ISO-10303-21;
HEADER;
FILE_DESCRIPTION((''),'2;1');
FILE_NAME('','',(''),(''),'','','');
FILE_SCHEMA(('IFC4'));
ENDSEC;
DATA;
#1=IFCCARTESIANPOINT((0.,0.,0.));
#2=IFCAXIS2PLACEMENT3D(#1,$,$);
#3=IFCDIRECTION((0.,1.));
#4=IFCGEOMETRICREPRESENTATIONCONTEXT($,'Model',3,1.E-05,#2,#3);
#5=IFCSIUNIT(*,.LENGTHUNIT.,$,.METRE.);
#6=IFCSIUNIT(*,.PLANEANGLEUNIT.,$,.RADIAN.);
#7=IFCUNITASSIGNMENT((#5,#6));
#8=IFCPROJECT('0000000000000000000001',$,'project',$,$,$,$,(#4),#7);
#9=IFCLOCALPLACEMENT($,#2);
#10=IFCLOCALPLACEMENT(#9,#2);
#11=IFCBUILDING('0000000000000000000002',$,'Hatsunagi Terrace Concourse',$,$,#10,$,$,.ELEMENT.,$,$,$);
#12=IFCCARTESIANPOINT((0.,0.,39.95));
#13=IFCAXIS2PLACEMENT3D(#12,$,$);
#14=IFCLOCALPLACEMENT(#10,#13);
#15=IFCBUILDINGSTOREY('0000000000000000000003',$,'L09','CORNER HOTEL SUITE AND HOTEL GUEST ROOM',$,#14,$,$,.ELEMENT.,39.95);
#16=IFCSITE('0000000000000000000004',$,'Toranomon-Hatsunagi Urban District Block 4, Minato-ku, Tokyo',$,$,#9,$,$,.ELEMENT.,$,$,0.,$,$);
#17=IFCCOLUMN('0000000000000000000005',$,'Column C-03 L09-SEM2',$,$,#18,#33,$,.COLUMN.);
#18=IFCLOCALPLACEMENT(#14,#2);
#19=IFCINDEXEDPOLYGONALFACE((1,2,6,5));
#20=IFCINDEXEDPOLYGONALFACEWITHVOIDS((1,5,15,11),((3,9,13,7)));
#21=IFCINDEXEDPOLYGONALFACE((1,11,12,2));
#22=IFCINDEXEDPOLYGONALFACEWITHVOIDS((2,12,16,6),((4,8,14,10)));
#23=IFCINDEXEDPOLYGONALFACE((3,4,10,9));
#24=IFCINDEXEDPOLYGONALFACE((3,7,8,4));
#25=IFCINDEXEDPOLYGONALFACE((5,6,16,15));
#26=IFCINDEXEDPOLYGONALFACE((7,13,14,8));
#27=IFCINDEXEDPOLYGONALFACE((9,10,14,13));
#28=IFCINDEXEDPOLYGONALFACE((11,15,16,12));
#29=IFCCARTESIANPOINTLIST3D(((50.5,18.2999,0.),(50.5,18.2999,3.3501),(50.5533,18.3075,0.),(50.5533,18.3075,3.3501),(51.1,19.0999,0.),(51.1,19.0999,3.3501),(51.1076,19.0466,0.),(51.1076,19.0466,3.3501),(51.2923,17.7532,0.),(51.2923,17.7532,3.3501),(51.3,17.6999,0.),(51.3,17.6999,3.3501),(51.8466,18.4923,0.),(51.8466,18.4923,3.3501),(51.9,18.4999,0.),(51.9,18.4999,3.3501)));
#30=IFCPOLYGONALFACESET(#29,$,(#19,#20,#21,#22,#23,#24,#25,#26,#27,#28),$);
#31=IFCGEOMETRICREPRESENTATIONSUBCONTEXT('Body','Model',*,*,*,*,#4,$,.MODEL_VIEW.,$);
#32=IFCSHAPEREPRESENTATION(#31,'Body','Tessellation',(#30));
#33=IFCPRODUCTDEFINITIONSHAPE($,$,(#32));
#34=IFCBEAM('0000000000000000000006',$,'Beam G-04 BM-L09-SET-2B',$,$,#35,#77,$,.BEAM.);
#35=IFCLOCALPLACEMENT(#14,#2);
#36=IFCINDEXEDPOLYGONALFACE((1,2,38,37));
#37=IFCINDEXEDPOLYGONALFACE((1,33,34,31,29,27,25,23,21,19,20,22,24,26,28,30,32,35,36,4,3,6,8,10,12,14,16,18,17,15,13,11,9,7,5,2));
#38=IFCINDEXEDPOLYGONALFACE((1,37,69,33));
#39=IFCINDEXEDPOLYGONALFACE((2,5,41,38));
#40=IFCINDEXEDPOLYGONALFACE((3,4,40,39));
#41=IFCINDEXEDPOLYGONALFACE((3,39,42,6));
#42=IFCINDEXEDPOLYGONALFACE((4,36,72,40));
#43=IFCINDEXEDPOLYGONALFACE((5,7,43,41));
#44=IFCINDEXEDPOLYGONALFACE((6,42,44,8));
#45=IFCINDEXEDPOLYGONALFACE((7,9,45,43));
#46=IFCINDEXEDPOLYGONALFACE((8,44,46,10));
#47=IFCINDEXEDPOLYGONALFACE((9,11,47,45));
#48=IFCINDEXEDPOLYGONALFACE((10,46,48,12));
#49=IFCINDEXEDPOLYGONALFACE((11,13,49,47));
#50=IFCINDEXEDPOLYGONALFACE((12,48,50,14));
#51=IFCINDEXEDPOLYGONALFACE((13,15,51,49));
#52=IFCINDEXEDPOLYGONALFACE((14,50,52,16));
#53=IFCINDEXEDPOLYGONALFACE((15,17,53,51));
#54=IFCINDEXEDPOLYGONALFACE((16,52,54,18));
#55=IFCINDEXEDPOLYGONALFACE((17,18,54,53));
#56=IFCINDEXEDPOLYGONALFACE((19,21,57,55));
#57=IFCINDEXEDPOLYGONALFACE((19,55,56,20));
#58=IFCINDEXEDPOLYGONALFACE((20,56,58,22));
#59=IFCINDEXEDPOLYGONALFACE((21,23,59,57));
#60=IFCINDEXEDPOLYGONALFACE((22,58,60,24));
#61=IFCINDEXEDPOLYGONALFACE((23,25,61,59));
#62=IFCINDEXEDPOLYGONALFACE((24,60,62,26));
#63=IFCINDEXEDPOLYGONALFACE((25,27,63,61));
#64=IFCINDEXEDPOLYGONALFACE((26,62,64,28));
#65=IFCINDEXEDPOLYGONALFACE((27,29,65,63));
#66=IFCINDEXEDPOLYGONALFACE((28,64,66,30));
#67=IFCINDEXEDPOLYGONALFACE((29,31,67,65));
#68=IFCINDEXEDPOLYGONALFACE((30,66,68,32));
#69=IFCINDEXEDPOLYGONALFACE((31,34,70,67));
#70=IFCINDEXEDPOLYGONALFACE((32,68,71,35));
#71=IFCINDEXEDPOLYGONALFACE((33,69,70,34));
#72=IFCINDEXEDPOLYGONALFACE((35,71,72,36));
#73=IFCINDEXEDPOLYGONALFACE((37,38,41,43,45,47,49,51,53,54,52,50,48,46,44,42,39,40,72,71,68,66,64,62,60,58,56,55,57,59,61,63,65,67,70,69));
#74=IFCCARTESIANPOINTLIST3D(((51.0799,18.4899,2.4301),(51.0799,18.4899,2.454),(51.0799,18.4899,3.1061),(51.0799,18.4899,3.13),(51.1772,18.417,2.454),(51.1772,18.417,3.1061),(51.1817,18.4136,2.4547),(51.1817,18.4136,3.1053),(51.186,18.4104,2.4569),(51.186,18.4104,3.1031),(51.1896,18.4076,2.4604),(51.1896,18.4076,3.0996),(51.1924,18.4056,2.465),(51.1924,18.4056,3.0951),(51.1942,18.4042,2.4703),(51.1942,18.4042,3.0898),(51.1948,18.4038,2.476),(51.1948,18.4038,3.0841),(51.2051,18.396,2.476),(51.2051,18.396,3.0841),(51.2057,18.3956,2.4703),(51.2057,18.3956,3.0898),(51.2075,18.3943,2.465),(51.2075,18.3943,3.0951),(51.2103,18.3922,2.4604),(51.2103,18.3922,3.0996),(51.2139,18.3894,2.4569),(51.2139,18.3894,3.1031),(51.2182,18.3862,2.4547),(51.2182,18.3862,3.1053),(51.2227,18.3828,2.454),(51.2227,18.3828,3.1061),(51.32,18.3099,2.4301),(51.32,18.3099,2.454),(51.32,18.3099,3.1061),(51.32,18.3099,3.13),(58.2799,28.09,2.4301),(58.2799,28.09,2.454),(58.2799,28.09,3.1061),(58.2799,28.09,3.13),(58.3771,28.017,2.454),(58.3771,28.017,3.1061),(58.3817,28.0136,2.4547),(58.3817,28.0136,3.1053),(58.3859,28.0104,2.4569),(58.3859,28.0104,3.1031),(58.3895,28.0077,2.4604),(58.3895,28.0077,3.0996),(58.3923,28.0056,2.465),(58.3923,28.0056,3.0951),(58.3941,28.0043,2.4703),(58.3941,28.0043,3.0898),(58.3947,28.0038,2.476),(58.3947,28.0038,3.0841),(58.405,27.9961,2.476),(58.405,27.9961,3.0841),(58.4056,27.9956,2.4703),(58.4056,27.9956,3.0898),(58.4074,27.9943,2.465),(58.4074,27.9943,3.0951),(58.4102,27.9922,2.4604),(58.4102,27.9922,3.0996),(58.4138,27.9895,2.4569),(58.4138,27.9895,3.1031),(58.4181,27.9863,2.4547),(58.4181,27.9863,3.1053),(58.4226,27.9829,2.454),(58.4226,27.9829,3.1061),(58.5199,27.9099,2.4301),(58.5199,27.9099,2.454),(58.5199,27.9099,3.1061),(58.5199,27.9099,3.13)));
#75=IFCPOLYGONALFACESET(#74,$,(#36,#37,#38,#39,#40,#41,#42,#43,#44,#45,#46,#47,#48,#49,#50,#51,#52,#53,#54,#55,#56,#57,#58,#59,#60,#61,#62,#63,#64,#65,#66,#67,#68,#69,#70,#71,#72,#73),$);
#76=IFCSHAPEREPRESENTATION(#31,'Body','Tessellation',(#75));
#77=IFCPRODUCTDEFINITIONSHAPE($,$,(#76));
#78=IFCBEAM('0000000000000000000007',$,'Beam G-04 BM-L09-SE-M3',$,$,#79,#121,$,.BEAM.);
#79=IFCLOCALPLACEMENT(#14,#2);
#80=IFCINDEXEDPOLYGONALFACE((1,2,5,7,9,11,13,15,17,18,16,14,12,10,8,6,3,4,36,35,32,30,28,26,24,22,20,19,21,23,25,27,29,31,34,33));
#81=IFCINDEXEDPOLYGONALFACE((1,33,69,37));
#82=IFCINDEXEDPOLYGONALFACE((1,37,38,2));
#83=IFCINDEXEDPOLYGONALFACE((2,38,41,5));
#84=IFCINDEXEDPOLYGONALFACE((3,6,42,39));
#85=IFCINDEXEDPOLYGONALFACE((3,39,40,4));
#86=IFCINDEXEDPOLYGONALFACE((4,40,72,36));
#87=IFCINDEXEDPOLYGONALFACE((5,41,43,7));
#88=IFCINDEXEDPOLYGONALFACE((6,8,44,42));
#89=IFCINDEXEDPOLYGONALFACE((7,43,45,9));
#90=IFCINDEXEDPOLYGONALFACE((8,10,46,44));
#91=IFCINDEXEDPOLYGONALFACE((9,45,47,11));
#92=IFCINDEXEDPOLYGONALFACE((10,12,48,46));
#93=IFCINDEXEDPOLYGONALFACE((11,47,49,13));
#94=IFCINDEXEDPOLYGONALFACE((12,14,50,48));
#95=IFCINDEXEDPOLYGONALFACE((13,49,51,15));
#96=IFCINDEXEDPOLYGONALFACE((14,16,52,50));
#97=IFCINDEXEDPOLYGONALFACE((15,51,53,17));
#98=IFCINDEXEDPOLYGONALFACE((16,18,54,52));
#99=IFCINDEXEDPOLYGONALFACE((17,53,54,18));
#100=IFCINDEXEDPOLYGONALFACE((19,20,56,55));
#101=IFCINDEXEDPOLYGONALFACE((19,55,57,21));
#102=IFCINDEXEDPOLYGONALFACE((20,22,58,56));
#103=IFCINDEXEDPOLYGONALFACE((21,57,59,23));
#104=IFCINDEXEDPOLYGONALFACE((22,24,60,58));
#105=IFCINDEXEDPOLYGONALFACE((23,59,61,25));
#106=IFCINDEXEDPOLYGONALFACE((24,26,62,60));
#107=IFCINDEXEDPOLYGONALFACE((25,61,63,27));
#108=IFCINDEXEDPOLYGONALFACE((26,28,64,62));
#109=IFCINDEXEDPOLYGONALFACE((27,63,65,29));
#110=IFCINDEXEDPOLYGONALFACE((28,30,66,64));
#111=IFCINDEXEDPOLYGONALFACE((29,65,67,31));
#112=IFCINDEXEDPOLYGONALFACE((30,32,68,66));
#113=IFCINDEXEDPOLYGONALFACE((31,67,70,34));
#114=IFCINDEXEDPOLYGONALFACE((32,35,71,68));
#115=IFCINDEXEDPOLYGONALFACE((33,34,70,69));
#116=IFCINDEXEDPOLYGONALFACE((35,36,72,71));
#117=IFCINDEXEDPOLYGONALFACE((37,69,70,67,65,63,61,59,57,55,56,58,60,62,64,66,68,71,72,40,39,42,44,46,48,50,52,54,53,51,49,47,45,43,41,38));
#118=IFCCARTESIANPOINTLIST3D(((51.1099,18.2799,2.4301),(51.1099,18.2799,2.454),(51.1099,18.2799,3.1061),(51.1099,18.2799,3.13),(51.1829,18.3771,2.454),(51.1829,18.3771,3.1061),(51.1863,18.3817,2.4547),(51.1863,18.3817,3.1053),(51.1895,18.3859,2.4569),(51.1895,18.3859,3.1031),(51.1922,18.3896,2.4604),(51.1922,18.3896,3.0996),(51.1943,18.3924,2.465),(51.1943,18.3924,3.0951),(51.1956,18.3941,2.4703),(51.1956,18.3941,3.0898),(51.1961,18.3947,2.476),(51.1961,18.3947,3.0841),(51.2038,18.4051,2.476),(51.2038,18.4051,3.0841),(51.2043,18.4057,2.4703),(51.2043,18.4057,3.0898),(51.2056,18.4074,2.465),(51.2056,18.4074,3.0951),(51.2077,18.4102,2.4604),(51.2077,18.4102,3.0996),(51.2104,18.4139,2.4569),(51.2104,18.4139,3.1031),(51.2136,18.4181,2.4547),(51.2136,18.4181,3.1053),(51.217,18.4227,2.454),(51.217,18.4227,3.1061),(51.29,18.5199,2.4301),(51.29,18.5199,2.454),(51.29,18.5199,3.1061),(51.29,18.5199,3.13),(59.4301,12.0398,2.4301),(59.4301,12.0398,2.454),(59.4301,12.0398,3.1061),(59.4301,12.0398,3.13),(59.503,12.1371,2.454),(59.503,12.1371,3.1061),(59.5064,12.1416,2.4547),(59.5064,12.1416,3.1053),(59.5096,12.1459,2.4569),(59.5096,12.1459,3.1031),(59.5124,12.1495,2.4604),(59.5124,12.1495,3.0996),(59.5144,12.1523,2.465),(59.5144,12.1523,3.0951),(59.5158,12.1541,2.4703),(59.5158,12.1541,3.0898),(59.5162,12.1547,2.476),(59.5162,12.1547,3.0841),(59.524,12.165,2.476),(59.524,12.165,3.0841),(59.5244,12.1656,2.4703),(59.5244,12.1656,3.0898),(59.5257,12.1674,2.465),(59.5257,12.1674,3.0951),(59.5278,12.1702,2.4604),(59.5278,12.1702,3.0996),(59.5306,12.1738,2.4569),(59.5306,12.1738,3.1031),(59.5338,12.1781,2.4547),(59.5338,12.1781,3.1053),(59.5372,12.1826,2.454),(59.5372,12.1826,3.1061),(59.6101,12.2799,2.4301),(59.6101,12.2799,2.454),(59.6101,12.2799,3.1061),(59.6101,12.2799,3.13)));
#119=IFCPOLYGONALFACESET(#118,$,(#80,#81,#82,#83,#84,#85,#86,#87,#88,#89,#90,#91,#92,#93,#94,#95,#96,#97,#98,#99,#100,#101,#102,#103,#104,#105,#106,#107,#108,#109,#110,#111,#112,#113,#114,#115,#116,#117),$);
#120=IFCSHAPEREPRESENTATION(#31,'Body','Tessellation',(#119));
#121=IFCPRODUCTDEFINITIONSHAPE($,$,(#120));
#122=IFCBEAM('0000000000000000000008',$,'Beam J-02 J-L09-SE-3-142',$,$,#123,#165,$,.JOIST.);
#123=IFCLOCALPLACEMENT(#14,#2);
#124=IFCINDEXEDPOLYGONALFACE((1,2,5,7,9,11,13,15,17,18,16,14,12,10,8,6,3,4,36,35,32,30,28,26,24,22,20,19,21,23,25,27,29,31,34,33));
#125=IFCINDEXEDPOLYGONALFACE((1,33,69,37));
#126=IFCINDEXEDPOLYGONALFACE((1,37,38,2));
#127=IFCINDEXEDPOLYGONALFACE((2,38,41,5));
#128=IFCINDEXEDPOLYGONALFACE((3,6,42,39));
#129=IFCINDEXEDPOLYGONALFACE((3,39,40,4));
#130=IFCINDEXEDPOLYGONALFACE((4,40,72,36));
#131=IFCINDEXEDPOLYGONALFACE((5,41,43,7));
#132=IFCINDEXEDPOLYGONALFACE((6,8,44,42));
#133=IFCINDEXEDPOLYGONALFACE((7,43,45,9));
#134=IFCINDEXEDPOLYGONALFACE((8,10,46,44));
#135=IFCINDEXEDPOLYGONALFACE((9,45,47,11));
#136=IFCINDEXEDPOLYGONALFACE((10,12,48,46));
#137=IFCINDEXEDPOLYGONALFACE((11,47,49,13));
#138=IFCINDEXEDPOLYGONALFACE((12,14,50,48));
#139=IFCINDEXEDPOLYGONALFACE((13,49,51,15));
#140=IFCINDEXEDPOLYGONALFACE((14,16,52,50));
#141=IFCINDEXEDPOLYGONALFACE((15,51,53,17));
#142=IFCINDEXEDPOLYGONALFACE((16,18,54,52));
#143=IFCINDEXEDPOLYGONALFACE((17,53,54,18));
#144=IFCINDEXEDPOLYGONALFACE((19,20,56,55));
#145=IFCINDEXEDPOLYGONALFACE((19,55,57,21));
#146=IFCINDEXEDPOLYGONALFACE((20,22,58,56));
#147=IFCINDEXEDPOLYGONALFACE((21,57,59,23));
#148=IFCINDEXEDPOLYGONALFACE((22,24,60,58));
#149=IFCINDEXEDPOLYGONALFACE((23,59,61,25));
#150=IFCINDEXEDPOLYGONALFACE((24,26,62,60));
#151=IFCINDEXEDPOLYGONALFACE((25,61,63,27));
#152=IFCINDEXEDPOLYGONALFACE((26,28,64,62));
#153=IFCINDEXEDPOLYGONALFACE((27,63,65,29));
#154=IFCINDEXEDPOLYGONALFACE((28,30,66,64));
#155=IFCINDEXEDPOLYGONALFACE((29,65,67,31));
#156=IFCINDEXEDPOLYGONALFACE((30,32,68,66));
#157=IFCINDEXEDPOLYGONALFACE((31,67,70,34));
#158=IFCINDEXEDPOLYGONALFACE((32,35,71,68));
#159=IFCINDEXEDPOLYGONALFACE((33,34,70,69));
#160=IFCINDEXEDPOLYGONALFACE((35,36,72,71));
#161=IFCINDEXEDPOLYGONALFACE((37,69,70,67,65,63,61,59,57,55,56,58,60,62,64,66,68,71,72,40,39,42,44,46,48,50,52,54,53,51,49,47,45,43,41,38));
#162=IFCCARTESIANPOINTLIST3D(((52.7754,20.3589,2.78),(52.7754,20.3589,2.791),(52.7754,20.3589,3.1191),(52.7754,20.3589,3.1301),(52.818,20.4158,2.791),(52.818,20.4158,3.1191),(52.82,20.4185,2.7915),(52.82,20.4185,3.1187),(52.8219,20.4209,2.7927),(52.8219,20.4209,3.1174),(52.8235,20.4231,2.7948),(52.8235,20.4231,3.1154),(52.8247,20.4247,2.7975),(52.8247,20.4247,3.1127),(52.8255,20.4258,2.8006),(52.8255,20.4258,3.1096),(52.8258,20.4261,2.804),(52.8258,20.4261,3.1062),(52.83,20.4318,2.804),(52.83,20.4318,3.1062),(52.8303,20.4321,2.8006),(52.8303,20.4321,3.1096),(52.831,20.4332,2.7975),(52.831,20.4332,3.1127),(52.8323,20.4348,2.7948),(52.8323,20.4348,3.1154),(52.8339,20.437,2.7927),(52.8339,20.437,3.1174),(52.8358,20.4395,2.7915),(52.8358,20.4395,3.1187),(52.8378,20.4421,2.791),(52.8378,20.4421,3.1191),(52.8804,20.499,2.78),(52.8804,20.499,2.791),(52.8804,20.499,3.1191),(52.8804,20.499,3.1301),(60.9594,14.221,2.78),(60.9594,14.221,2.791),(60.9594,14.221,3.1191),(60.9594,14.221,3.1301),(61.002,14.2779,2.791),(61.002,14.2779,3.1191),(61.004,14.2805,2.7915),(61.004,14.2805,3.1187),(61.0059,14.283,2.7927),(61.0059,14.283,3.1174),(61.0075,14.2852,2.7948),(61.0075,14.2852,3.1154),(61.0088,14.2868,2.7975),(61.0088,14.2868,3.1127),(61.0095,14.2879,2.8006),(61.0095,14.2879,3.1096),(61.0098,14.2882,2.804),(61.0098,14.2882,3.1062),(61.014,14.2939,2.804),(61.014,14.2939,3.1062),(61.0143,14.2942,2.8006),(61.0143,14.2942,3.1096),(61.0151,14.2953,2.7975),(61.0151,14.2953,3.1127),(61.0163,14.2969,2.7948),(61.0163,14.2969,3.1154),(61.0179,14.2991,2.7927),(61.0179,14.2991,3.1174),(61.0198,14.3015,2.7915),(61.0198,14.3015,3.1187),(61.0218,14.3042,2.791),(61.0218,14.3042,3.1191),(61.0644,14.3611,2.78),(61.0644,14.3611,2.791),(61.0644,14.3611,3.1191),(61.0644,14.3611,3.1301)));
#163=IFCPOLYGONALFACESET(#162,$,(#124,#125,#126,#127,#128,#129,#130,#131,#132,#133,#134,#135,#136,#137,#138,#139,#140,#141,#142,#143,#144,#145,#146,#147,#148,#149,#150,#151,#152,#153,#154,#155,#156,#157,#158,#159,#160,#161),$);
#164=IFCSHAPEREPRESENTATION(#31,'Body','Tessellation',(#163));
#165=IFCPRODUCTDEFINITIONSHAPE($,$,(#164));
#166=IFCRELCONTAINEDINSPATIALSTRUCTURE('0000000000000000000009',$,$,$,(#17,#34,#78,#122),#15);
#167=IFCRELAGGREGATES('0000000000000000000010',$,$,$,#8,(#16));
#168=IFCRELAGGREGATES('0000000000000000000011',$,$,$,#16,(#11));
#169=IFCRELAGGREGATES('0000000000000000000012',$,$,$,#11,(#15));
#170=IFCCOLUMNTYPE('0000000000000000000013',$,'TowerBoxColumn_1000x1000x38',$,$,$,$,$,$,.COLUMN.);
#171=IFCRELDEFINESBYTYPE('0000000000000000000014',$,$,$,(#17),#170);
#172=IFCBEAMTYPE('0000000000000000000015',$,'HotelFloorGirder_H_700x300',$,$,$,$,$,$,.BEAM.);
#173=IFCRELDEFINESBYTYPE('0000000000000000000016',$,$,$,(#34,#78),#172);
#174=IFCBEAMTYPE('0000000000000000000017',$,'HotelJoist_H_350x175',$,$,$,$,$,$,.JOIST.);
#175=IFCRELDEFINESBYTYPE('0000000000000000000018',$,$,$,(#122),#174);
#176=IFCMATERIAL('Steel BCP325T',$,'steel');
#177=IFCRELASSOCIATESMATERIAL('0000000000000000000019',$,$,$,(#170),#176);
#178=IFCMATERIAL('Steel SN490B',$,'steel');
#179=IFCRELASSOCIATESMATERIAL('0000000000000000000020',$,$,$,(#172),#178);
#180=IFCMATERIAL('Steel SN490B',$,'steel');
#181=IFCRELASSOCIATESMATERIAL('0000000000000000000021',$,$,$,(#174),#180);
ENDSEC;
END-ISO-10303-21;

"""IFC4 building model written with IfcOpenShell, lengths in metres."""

from ifc_helpers import new_model, si_unit, direction, frame, origin, origin_2d, place, context, subcontext, project, spatial, hollow_rectangle, i_section, extrude, material, material_profile, profile_set, type_object, element, save


model = new_model("IFC4")

# Units and contexts
model_context = context("Model", 3, precision=1e-05, world=origin(), true_north=direction((0.0, 1.0)))
body_context = subcontext(model_context, "Body", "Model", "MODEL_VIEW")
ifc_project = project(units=[si_unit("LENGTHUNIT", "METRE"), si_unit("PLANEANGLEUNIT", "RADIAN")], contexts=[model_context])

# Site, building, storey
site_placement = place(None, origin())
site = spatial("IfcSite", under=ifc_project, at=site_placement, Name="Toranomon-Hatsunagi Urban District Block 4, Minato-ku, Tokyo", CompositionType="ELEMENT", RefElevation=0.0)
building_placement = place(site_placement, origin())
building = spatial("IfcBuilding", under=site, at=building_placement, Name="Hatsunagi Terrace Concourse", CompositionType="ELEMENT")
storey_placement = place(building_placement, frame((0.0, 0.0, 39.95)))
storey = spatial("IfcBuildingStorey", under=building, at=storey_placement, Name="L09", Description="CORNER HOTEL SUITE AND HOTEL GUEST ROOM", CompositionType="ELEMENT", Elevation=39.95)

# Column
ifc_material_1 = material(Name="Steel BCP325T", Category="steel")
ifc_material_profile_1 = material_profile(ifc_material_1, hollow_rectangle(XDim=1.0, YDim=1.0, WallThickness=0.0381, at=origin_2d()), Name="BCP-1000x1000x38")
ifc_profile_set_1 = profile_set([ifc_material_profile_1], Name="Steel BCP325T")
column_type = type_object("IfcColumnType", Name="TowerBoxColumn_1000x1000x38", PredefinedType="COLUMN", material=ifc_profile_set_1)
column_placement = place(storey_placement, frame((51.2, 18.3999, 0.0), z_axis=(0.0, 0.0, 1.0), x_axis=(0.8, -0.6, 0.0)))
element("IfcColumn", 1, at=column_placement, inside=storey, type_object=column_type, Name="Column C-03 L09-SEM2", PredefinedType="COLUMN", context=body_context, shape_type="SweptSolid", body=[
    extrude(hollow_rectangle(XDim=1.0, YDim=1.0, WallThickness=0.0381, at=origin_2d()), origin(), (0.0, 0.0, 1.0), 3.3501),
])

# Beams
ifc_material_2 = material(Name="Steel SN490B", Category="steel")
ifc_material_profile_2 = material_profile(ifc_material_2, i_section(OverallWidth=0.3, OverallDepth=0.7, WebThickness=0.0129, FlangeThickness=0.0239, FilletRadius=0.022, at=origin_2d()), Name="H-700x300x13x24")
ifc_profile_set_2 = profile_set([ifc_material_profile_2], Name="Steel SN490B")
beam_type_1 = type_object("IfcBeamType", Name="HotelFloorGirder_H_700x300", PredefinedType="BEAM", material=ifc_profile_set_2)
beam_1_placement = place(storey_placement, frame((51.2, 18.3999, 2.78), z_axis=(0.599993, 0.800005, 0.0), x_axis=(-0.800005, 0.599993, 0.0)))
element("IfcBeam", 2, at=beam_1_placement, inside=storey, type_object=beam_type_1, Name="Beam G-04 BM-L09-SET-2B", PredefinedType="BEAM", context=body_context, shape_type="SweptSolid", body=[
    extrude(i_section(OverallWidth=0.3, OverallDepth=0.7, WebThickness=0.0129, FlangeThickness=0.0239, FilletRadius=0.022, at=origin_2d()), origin(), (0.0, 0.0, 1.0), 12.0),
])
beam_2_placement = place(storey_placement, frame((51.2, 18.3999, 2.78), z_axis=(0.800003, -0.599996, 0.0), x_axis=(0.599996, 0.800003, 0.0)))
element("IfcBeam", 3, at=beam_2_placement, inside=storey, type_object=beam_type_1, Name="Beam G-04 BM-L09-SE-M3", PredefinedType="BEAM", context=body_context, shape_type="SweptSolid", body=[
    extrude(i_section(OverallWidth=0.3, OverallDepth=0.7, WebThickness=0.0129, FlangeThickness=0.0239, FilletRadius=0.022, at=origin_2d()), origin(), (0.0, 0.0, 1.0), 10.4001),
])
ifc_material_3 = material(Name="Steel SN490B", Category="steel")
ifc_material_profile_3 = material_profile(ifc_material_3, i_section(OverallWidth=0.175, OverallDepth=0.3501, WebThickness=0.0071, FlangeThickness=0.011, FilletRadius=0.0129, at=origin_2d()), Name="H-350x175x7x11")
ifc_profile_set_3 = profile_set([ifc_material_profile_3], Name="Steel SN490B")
beam_type_2 = type_object("IfcBeamType", Name="HotelJoist_H_350x175", PredefinedType="JOIST", material=ifc_profile_set_3)
for number, where, z_axis, x_axis, name in (
    (4, (52.8279, 20.429, 2.9551), (0.800006, -0.599992, 0.0), (0.599992, 0.800006, 0.0), "Beam J-02 J-L09-SE-3-142"),
):
    element("IfcBeam", number, at=place(storey_placement, frame(where, z_axis=z_axis, x_axis=x_axis)), inside=storey, type_object=beam_type_2, Name=name, PredefinedType="JOIST", context=body_context, shape_type="SweptSolid", body=[
        extrude(i_section(OverallWidth=0.175, OverallDepth=0.3501, WebThickness=0.0071, FlangeThickness=0.011, FilletRadius=0.0129, at=origin_2d()), origin(), (0.0, 0.0, 1.0), 10.23),
    ])

save(model, "model.ifc")
